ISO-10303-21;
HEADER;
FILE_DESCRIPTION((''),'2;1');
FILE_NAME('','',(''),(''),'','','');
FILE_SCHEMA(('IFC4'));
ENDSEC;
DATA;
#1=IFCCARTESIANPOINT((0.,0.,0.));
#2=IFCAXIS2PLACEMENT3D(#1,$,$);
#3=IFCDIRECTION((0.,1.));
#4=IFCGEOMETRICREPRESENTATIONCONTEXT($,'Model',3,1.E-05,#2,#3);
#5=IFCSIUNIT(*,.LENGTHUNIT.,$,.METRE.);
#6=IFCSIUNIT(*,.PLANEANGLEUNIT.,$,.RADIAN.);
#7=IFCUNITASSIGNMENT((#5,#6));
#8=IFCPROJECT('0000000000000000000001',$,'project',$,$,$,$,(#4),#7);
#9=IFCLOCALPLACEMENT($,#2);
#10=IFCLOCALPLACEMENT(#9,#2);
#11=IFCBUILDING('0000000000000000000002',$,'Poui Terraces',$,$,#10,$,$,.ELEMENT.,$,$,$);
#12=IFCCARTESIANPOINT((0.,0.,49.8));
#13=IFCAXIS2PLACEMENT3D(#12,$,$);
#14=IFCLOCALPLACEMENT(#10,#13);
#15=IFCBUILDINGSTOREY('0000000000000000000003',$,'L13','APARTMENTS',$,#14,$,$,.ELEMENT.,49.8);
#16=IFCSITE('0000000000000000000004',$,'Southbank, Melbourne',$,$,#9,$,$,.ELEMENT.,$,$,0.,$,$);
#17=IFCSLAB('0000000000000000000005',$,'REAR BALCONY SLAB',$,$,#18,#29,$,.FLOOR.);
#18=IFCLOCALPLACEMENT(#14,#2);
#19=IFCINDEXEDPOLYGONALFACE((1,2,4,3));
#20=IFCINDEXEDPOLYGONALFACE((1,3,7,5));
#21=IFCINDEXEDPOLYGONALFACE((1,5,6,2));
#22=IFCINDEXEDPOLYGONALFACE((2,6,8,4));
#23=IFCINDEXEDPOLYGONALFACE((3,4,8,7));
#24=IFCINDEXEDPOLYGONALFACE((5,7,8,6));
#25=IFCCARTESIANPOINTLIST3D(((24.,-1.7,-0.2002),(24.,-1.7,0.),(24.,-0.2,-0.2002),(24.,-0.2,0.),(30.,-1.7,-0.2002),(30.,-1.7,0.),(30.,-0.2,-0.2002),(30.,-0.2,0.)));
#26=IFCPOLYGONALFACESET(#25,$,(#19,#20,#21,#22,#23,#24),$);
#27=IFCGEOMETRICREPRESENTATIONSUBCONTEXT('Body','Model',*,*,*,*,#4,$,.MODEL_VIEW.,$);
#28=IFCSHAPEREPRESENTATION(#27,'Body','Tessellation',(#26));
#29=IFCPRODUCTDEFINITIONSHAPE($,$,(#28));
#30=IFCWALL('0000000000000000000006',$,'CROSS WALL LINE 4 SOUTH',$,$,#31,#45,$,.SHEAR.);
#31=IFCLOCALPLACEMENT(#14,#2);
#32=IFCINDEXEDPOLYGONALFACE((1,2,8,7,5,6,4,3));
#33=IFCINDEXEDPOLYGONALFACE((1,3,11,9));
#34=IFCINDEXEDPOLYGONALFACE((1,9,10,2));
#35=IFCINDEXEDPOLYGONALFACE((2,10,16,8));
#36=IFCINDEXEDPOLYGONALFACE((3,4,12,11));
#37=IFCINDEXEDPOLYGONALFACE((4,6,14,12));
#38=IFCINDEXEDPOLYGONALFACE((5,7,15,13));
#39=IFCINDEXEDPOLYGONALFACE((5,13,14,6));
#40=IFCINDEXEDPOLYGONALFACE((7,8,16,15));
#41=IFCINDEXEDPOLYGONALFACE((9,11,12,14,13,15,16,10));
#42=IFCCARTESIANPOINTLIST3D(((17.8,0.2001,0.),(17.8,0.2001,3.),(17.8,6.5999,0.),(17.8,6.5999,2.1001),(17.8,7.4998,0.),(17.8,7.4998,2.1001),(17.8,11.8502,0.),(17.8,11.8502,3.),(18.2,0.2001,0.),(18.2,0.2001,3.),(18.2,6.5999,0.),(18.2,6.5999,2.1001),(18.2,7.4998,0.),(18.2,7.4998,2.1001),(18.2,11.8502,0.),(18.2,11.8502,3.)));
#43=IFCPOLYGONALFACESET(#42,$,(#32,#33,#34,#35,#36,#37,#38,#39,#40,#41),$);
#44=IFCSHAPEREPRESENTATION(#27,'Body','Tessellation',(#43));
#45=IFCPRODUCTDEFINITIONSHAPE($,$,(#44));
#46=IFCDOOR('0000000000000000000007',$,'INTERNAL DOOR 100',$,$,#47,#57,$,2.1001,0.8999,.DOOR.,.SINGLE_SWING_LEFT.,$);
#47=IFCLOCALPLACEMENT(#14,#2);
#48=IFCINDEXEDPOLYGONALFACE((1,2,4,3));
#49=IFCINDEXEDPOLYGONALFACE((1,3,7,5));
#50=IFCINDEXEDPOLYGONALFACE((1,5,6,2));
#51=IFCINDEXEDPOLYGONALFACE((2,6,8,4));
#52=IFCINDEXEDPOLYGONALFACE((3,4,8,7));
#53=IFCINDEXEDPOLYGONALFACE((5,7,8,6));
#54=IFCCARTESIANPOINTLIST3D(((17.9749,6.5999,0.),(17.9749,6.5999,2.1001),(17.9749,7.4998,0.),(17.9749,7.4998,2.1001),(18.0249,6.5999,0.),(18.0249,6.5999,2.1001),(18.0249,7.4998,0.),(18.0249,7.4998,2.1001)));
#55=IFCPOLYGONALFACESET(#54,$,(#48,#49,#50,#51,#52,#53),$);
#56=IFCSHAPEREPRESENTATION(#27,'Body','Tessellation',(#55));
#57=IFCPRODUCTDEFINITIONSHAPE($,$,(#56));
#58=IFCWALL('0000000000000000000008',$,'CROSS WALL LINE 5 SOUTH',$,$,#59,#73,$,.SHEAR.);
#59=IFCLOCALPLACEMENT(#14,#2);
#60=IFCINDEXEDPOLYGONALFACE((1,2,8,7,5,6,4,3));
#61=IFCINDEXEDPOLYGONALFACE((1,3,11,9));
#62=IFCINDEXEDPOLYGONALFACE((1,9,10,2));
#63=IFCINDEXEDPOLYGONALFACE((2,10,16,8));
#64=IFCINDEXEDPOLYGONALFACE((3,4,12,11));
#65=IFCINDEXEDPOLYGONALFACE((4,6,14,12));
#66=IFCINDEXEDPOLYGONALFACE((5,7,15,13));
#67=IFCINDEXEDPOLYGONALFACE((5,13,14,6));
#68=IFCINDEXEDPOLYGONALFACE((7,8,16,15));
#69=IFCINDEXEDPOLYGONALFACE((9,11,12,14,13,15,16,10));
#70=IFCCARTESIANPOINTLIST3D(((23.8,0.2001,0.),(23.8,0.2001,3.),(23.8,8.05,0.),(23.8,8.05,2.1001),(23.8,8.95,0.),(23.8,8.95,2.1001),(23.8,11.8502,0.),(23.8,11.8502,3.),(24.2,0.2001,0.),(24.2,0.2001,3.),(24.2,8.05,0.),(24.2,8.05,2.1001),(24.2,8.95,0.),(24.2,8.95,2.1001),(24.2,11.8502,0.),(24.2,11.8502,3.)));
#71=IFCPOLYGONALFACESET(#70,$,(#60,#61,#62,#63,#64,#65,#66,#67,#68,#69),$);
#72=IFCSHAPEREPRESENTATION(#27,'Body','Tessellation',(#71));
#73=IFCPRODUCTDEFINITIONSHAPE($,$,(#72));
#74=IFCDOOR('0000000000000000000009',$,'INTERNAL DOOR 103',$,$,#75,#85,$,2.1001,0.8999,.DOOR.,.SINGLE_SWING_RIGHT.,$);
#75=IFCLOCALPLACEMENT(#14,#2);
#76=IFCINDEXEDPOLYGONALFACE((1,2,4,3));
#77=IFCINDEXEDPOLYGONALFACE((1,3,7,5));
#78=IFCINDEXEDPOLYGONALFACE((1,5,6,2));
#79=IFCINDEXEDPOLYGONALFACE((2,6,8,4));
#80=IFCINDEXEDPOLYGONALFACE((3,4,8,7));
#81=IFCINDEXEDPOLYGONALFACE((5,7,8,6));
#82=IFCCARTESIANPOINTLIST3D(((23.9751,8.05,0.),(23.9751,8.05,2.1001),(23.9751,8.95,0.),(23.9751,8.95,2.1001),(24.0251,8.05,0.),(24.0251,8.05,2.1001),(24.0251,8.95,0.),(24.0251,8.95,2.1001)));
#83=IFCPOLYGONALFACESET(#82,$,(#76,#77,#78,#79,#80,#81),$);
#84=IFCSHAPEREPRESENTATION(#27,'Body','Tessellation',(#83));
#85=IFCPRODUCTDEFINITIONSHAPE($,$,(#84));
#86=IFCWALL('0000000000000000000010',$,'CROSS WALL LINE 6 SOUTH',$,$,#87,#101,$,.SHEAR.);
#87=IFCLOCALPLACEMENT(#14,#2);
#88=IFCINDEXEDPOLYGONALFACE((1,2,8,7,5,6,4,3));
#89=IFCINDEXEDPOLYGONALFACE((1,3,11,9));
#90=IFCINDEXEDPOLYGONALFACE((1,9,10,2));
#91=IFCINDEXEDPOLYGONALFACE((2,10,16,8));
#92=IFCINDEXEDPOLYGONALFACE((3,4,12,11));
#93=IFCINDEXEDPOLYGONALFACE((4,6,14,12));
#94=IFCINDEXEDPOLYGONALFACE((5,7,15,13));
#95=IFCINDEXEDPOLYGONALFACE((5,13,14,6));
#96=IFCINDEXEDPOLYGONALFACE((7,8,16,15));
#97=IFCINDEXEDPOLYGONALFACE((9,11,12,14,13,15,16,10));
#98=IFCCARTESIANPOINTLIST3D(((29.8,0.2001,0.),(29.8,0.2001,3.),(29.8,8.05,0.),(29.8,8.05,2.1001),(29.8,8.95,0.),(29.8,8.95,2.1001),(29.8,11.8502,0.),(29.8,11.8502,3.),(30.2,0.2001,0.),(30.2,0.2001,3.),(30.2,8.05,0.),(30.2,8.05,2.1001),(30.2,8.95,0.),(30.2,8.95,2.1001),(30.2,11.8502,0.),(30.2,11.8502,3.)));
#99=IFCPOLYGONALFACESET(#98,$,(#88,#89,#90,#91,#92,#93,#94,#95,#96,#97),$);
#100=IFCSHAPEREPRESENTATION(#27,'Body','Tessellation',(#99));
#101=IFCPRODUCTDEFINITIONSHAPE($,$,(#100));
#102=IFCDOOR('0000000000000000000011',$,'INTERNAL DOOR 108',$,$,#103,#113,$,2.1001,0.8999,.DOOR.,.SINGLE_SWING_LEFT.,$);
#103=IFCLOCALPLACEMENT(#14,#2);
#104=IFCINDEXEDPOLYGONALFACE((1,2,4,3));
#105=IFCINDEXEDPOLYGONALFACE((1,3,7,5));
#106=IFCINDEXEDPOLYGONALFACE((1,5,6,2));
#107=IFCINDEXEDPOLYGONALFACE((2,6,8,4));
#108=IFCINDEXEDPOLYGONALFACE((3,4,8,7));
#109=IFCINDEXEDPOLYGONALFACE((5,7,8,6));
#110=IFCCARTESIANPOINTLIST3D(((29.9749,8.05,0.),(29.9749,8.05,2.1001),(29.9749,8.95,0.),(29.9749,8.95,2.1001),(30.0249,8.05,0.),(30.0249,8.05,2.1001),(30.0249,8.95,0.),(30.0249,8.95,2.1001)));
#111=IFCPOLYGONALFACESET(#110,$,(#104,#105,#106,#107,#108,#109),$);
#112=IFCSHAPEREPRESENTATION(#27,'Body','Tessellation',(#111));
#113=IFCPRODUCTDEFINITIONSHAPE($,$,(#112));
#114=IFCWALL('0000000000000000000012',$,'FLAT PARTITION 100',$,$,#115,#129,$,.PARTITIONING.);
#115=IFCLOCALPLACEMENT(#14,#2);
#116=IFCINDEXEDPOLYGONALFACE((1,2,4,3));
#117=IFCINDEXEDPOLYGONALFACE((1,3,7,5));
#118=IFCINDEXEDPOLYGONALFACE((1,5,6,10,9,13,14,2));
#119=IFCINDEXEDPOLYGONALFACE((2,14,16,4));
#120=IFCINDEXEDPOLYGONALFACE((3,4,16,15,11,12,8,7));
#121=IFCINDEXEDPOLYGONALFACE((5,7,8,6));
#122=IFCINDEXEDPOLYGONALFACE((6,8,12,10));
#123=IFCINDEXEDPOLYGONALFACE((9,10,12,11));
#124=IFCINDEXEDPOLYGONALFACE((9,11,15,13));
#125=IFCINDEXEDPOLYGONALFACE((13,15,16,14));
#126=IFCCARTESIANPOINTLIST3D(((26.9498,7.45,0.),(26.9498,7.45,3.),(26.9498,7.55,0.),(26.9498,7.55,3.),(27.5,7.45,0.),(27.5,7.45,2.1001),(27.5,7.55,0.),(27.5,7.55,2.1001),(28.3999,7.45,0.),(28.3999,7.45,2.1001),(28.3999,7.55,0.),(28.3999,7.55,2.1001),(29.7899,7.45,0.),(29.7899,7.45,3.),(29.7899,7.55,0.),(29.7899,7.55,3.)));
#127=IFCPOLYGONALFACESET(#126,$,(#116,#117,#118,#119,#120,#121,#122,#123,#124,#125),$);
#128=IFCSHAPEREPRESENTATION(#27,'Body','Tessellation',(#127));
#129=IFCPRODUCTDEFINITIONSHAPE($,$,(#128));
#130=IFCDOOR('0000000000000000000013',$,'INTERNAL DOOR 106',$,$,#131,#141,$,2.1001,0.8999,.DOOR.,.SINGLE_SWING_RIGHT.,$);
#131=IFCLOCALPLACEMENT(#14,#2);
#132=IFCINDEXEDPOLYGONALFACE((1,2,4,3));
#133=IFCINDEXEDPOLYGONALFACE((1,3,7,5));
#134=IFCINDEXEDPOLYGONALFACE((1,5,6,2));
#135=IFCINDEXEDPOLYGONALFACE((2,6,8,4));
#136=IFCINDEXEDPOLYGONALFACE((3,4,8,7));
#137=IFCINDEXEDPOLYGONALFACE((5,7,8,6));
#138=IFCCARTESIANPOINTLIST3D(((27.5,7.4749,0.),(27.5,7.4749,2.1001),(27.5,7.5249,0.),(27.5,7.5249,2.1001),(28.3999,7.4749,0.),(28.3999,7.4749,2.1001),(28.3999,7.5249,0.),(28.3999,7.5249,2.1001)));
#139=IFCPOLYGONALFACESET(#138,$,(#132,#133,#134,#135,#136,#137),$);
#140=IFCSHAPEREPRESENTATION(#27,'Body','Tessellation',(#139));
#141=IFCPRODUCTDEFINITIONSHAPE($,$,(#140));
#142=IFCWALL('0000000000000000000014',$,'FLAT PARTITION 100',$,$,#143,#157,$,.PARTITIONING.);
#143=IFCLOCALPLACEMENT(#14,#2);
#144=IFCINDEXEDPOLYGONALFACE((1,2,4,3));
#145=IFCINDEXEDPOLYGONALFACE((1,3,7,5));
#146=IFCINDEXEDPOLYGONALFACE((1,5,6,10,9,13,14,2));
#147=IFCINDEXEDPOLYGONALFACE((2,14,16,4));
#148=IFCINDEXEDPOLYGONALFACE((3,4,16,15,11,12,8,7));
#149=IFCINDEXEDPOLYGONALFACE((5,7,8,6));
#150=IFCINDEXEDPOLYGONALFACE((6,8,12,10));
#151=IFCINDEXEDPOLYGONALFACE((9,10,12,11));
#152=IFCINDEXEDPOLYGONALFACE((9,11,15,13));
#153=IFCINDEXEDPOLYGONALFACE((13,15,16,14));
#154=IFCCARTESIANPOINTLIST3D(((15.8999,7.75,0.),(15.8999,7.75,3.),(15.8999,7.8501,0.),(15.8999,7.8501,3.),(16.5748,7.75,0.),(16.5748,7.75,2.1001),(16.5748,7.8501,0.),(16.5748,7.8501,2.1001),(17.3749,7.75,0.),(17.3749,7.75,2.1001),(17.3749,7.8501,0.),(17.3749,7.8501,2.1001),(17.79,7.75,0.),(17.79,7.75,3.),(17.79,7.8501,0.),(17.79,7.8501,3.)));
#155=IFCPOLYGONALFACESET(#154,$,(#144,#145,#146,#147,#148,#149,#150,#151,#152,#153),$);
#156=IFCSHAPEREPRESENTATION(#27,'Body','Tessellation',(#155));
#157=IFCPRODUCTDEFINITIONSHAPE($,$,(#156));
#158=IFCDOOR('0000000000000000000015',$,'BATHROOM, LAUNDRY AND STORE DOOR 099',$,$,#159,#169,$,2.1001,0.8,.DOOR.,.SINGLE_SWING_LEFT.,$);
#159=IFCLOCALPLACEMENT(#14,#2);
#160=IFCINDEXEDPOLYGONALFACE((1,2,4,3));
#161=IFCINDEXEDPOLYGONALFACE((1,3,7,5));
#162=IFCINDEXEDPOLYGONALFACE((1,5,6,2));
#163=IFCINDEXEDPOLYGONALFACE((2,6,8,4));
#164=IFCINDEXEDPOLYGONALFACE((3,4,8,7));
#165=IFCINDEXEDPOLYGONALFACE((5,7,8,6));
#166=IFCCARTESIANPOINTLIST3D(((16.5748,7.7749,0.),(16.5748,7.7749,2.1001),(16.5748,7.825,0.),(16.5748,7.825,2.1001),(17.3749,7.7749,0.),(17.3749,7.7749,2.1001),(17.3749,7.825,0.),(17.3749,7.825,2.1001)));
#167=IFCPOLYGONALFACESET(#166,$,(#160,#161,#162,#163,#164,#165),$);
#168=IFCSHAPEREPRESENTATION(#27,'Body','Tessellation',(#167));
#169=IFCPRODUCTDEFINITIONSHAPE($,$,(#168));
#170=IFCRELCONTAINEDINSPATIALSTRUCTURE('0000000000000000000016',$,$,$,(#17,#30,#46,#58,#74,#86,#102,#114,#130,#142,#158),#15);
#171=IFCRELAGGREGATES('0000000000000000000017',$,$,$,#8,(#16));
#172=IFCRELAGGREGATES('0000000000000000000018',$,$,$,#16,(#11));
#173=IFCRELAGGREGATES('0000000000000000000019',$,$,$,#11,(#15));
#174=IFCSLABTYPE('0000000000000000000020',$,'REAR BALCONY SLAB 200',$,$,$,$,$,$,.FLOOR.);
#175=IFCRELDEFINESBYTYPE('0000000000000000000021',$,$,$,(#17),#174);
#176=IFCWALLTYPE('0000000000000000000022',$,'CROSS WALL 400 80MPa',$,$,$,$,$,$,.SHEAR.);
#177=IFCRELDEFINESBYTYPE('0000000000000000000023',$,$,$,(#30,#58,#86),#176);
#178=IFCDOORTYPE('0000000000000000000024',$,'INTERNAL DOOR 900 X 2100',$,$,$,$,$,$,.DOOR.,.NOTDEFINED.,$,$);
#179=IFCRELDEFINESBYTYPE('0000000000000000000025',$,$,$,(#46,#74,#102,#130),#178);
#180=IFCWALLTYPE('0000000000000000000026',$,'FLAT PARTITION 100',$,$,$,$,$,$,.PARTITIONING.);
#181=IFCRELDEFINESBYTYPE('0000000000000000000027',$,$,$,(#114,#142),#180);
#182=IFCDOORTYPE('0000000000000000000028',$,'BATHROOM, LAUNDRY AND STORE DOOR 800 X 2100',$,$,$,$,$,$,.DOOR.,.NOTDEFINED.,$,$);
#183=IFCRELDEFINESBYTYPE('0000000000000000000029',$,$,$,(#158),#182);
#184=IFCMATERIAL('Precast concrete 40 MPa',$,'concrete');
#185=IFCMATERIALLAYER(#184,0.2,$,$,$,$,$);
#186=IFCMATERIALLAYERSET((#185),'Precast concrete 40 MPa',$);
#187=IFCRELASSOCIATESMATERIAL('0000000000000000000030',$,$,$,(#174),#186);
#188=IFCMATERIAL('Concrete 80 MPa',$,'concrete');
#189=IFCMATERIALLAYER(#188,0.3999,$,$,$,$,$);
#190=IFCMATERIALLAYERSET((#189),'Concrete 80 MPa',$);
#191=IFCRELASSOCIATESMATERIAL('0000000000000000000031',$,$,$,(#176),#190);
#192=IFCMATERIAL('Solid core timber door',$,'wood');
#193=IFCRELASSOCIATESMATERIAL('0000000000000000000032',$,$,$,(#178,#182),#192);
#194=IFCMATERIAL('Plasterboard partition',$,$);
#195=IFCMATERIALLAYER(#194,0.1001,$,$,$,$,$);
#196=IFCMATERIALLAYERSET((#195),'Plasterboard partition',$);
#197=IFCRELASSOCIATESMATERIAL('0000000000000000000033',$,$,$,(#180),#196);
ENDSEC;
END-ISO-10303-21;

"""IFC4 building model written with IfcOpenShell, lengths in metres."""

from ifc_helpers import new_model, si_unit, direction, frame, frame_2d, origin, place, context, subcontext, project, spatial, polyline, rectangle, outline, extrude, source, transform, mapped, material, layer, layer_set, type_object, element, fill, save


model = new_model("IFC4")

# Units and contexts
model_context = context("Model", 3, precision=1e-05, world=origin(), true_north=direction((0.0, 1.0)))
body_context = subcontext(model_context, "Body", "Model", "MODEL_VIEW")
ifc_project = project(units=[si_unit("LENGTHUNIT", "METRE"), si_unit("PLANEANGLEUNIT", "RADIAN")], contexts=[model_context])

# Site, building, storey
site_placement = place(None, origin())
site = spatial("IfcSite", under=ifc_project, at=site_placement, Name="Southbank, Melbourne", CompositionType="ELEMENT", RefElevation=0.0)
building_placement = place(site_placement, origin())
building = spatial("IfcBuilding", under=site, at=building_placement, Name="Poui Terraces", CompositionType="ELEMENT")
storey_placement = place(building_placement, frame((0.0, 0.0, 49.8)))
storey = spatial("IfcBuildingStorey", under=building, at=storey_placement, Name="L13", Description="APARTMENTS", CompositionType="ELEMENT", Elevation=49.8)

# Slab
ifc_material_1 = material(Name="Precast concrete 40 MPa", Category="concrete")
ifc_layer_1 = layer(ifc_material_1, 0.2)
ifc_layer_set_1 = layer_set([ifc_layer_1], Name="Precast concrete 40 MPa")
slab_type = type_object("IfcSlabType", Name="REAR BALCONY SLAB 200", PredefinedType="FLOOR", material=ifc_layer_set_1)
shared_shape_1 = source(origin(), body_context, "Body", "SweptSolid", [
    extrude(outline(polyline([(0.0, 0.0), (6.0, 0.0), (6.0, 1.5), (0.0, 1.5), (0.0, 0.0)])), origin(), (0.0, 0.0, 1.0), 0.2002),
])
slab_placement = place(storey_placement, frame((24.0, -1.7, -0.2002)))
element("IfcSlab", 1, at=slab_placement, inside=storey, type_object=slab_type, Name="REAR BALCONY SLAB", PredefinedType="FLOOR", context=body_context, shape_type="MappedRepresentation", body=[
    mapped(shared_shape_1, transform((0.0, 0.0, 0.0))),
])

# Walls, openings, doors
ifc_material_2 = material(Name="Concrete 80 MPa", Category="concrete")
ifc_layer_2 = layer(ifc_material_2, 0.3999)
ifc_layer_set_2 = layer_set([ifc_layer_2], Name="Concrete 80 MPa")
wall_type_1 = type_object("IfcWallType", Name="CROSS WALL 400 80MPa", PredefinedType="SHEAR", material=ifc_layer_set_2)
wall_1_placement = place(storey_placement, frame((18.0, 0.2, 0.0), z_axis=(0.0, 0.0, 1.0), x_axis=(0.0, 1.0, 0.0)))
wall_1 = element("IfcWall", 2, at=wall_1_placement, inside=storey, type_object=wall_type_1, Name="CROSS WALL LINE 4 SOUTH", PredefinedType="SHEAR", context=body_context, shape_type="SweptSolid", body=[
    extrude(rectangle(XDim=11.6501, YDim=0.3999, at=frame_2d((5.8252, 0.0))), origin(), (0.0, 0.0, 1.0), 3.0),
])
opening_1_placement = place(wall_1_placement, frame((6.3999, 0.0, 0.0)))
opening_1 = element("IfcOpeningElement", 3, at=opening_1_placement, cuts=wall_1, PredefinedType="OPENING", context=body_context, shape_type="SweptSolid", body=[
    extrude(rectangle(XDim=0.8999, YDim=2.1001, at=frame_2d((0.45, 1.05))), frame((0.0, 0.21, 0.0), z_axis=(0.0, -1.0, 0.0), x_axis=(1.0, 0.0, 0.0)), (0.0, 0.0, 1.0), 0.4199),
])
ifc_material_3 = material(Name="Solid core timber door", Category="wood")
door_type_1 = type_object("IfcDoorType", Name="INTERNAL DOOR 900 X 2100", OperationType="NOTDEFINED", PredefinedType="DOOR", material=ifc_material_3)
door_1_placement = place(opening_1_placement, frame((0.8999, 0.0, 0.0), z_axis=(0.0, 0.0, 1.0), x_axis=(-1.0, 0.0, 0.0)))
door_1 = element("IfcDoor", 4, at=door_1_placement, inside=storey, type_object=door_type_1, Name="INTERNAL DOOR 100", OperationType="SINGLE_SWING_LEFT", OverallHeight=2.1001, OverallWidth=0.8999, PredefinedType="DOOR", context=body_context, shape_type="SweptSolid", body=[
    extrude(rectangle(XDim=0.8999, YDim=2.1001, at=frame_2d((0.45, 1.05))), frame((0.0, 0.0249, 0.0), z_axis=(0.0, -1.0, 0.0), x_axis=(1.0, 0.0, 0.0)), (0.0, 0.0, 1.0), 0.05),
])
fill(opening_1, door_1)
wall_2_placement = place(storey_placement, frame((24.0, 0.2, 0.0), z_axis=(0.0, 0.0, 1.0), x_axis=(0.0, 1.0, 0.0)))
wall_2 = element("IfcWall", 5, at=wall_2_placement, inside=storey, type_object=wall_type_1, Name="CROSS WALL LINE 5 SOUTH", PredefinedType="SHEAR", context=body_context, shape_type="SweptSolid", body=[
    extrude(rectangle(XDim=11.6501, YDim=0.3999, at=frame_2d((5.8252, 0.0))), origin(), (0.0, 0.0, 1.0), 3.0),
])
opening_2_placement = place(wall_2_placement, frame((7.8501, 0.0, 0.0)))
opening_2 = element("IfcOpeningElement", 6, at=opening_2_placement, cuts=wall_2, PredefinedType="OPENING", context=body_context, shape_type="SweptSolid", body=[
    extrude(rectangle(XDim=0.8999, YDim=2.1001, at=frame_2d((0.45, 1.05))), frame((0.0, 0.21, 0.0), z_axis=(0.0, -1.0, 0.0), x_axis=(1.0, 0.0, 0.0)), (0.0, 0.0, 1.0), 0.4199),
])
door_2_placement = place(opening_2_placement, origin())
door_2 = element("IfcDoor", 7, at=door_2_placement, inside=storey, type_object=door_type_1, Name="INTERNAL DOOR 103", OperationType="SINGLE_SWING_RIGHT", OverallHeight=2.1001, OverallWidth=0.8999, PredefinedType="DOOR", context=body_context, shape_type="SweptSolid", body=[
    extrude(rectangle(XDim=0.8999, YDim=2.1001, at=frame_2d((0.45, 1.05))), frame((0.0, 0.0249, 0.0), z_axis=(0.0, -1.0, 0.0), x_axis=(1.0, 0.0, 0.0)), (0.0, 0.0, 1.0), 0.05),
])
fill(opening_2, door_2)
wall_3_placement = place(storey_placement, frame((30.0, 0.2, 0.0), z_axis=(0.0, 0.0, 1.0), x_axis=(0.0, 1.0, 0.0)))
wall_3 = element("IfcWall", 8, at=wall_3_placement, inside=storey, type_object=wall_type_1, Name="CROSS WALL LINE 6 SOUTH", PredefinedType="SHEAR", context=body_context, shape_type="SweptSolid", body=[
    extrude(rectangle(XDim=11.6501, YDim=0.3999, at=frame_2d((5.8252, 0.0))), origin(), (0.0, 0.0, 1.0), 3.0),
])
opening_3_placement = place(wall_3_placement, frame((7.8501, 0.0, 0.0)))
opening_3 = element("IfcOpeningElement", 9, at=opening_3_placement, cuts=wall_3, PredefinedType="OPENING", context=body_context, shape_type="SweptSolid", body=[
    extrude(rectangle(XDim=0.8999, YDim=2.1001, at=frame_2d((0.45, 1.05))), frame((0.0, 0.21, 0.0), z_axis=(0.0, -1.0, 0.0), x_axis=(1.0, 0.0, 0.0)), (0.0, 0.0, 1.0), 0.4199),
])
door_3_placement = place(opening_3_placement, frame((0.8999, 0.0, 0.0), z_axis=(0.0, 0.0, 1.0), x_axis=(-1.0, 0.0, 0.0)))
door_3 = element("IfcDoor", 10, at=door_3_placement, inside=storey, type_object=door_type_1, Name="INTERNAL DOOR 108", OperationType="SINGLE_SWING_LEFT", OverallHeight=2.1001, OverallWidth=0.8999, PredefinedType="DOOR", context=body_context, shape_type="SweptSolid", body=[
    extrude(rectangle(XDim=0.8999, YDim=2.1001, at=frame_2d((0.45, 1.05))), frame((0.0, 0.0249, 0.0), z_axis=(0.0, -1.0, 0.0), x_axis=(1.0, 0.0, 0.0)), (0.0, 0.0, 1.0), 0.05),
])
fill(opening_3, door_3)
ifc_material_4 = material(Name="Plasterboard partition")
ifc_layer_3 = layer(ifc_material_4, 0.1001)
ifc_layer_set_3 = layer_set([ifc_layer_3], Name="Plasterboard partition")
wall_type_2 = type_object("IfcWallType", Name="FLAT PARTITION 100", PredefinedType="PARTITIONING", material=ifc_layer_set_3)
wall_4_placement = place(storey_placement, frame((26.95, 7.5, 0.0), z_axis=(0.0, 0.0, 1.0), x_axis=(1.0, 0.0, 0.0)))
wall_4 = element("IfcWall", 11, at=wall_4_placement, inside=storey, type_object=wall_type_2, Name="FLAT PARTITION 100", PredefinedType="PARTITIONING", context=body_context, shape_type="SweptSolid", body=[
    extrude(rectangle(XDim=2.8401, YDim=0.1001, at=frame_2d((1.4199, 0.0))), origin(), (0.0, 0.0, 1.0), 3.0),
])
opening_4_placement = place(wall_4_placement, frame((0.55, 0.0, 0.0)))
opening_4 = element("IfcOpeningElement", 12, at=opening_4_placement, cuts=wall_4, PredefinedType="OPENING", context=body_context, shape_type="SweptSolid", body=[
    extrude(rectangle(XDim=0.8999, YDim=2.1001, at=frame_2d((0.45, 1.05))), frame((0.0, 0.0601, 0.0), z_axis=(0.0, -1.0, 0.0), x_axis=(1.0, 0.0, 0.0)), (0.0, 0.0, 1.0), 0.1201),
])
door_4_placement = place(opening_4_placement, origin())
door_4 = element("IfcDoor", 13, at=door_4_placement, inside=storey, type_object=door_type_1, Name="INTERNAL DOOR 106", OperationType="SINGLE_SWING_RIGHT", OverallHeight=2.1001, OverallWidth=0.8999, PredefinedType="DOOR", context=body_context, shape_type="SweptSolid", body=[
    extrude(rectangle(XDim=0.8999, YDim=2.1001, at=frame_2d((0.45, 1.05))), frame((0.0, 0.0249, 0.0), z_axis=(0.0, -1.0, 0.0), x_axis=(1.0, 0.0, 0.0)), (0.0, 0.0, 1.0), 0.05),
])
fill(opening_4, door_4)
wall_5_placement = place(storey_placement, frame((15.8999, 7.8, 0.0), z_axis=(0.0, 0.0, 1.0), x_axis=(1.0, 0.0, 0.0)))
wall_5 = element("IfcWall", 14, at=wall_5_placement, inside=storey, type_object=wall_type_2, Name="FLAT PARTITION 100", PredefinedType="PARTITIONING", context=body_context, shape_type="SweptSolid", body=[
    extrude(rectangle(XDim=1.8901, YDim=0.1001, at=frame_2d((0.9451, 0.0))), origin(), (0.0, 0.0, 1.0), 3.0),
])
opening_5_placement = place(wall_5_placement, frame((0.675, 0.0, 0.0)))
opening_5 = element("IfcOpeningElement", 15, at=opening_5_placement, cuts=wall_5, PredefinedType="OPENING", context=body_context, shape_type="SweptSolid", body=[
    extrude(rectangle(XDim=0.8, YDim=2.1001, at=frame_2d((0.3999, 1.05))), frame((0.0, 0.0601, 0.0), z_axis=(0.0, -1.0, 0.0), x_axis=(1.0, 0.0, 0.0)), (0.0, 0.0, 1.0), 0.1201),
])
door_type_2 = type_object("IfcDoorType", Name="BATHROOM, LAUNDRY AND STORE DOOR 800 X 2100", OperationType="NOTDEFINED", PredefinedType="DOOR", material=ifc_material_3)
door_5_placement = place(opening_5_placement, origin())
door_5 = element("IfcDoor", 16, at=door_5_placement, inside=storey, type_object=door_type_2, Name="BATHROOM, LAUNDRY AND STORE DOOR 099", OperationType="SINGLE_SWING_LEFT", OverallHeight=2.1001, OverallWidth=0.8, PredefinedType="DOOR", context=body_context, shape_type="SweptSolid", body=[
    extrude(rectangle(XDim=0.8, YDim=2.1001, at=frame_2d((0.3999, 1.05))), frame((0.0, 0.0249, 0.0), z_axis=(0.0, -1.0, 0.0), x_axis=(1.0, 0.0, 0.0)), (0.0, 0.0, 1.0), 0.05),
])
fill(opening_5, door_5)

save(model, "model.ifc")
